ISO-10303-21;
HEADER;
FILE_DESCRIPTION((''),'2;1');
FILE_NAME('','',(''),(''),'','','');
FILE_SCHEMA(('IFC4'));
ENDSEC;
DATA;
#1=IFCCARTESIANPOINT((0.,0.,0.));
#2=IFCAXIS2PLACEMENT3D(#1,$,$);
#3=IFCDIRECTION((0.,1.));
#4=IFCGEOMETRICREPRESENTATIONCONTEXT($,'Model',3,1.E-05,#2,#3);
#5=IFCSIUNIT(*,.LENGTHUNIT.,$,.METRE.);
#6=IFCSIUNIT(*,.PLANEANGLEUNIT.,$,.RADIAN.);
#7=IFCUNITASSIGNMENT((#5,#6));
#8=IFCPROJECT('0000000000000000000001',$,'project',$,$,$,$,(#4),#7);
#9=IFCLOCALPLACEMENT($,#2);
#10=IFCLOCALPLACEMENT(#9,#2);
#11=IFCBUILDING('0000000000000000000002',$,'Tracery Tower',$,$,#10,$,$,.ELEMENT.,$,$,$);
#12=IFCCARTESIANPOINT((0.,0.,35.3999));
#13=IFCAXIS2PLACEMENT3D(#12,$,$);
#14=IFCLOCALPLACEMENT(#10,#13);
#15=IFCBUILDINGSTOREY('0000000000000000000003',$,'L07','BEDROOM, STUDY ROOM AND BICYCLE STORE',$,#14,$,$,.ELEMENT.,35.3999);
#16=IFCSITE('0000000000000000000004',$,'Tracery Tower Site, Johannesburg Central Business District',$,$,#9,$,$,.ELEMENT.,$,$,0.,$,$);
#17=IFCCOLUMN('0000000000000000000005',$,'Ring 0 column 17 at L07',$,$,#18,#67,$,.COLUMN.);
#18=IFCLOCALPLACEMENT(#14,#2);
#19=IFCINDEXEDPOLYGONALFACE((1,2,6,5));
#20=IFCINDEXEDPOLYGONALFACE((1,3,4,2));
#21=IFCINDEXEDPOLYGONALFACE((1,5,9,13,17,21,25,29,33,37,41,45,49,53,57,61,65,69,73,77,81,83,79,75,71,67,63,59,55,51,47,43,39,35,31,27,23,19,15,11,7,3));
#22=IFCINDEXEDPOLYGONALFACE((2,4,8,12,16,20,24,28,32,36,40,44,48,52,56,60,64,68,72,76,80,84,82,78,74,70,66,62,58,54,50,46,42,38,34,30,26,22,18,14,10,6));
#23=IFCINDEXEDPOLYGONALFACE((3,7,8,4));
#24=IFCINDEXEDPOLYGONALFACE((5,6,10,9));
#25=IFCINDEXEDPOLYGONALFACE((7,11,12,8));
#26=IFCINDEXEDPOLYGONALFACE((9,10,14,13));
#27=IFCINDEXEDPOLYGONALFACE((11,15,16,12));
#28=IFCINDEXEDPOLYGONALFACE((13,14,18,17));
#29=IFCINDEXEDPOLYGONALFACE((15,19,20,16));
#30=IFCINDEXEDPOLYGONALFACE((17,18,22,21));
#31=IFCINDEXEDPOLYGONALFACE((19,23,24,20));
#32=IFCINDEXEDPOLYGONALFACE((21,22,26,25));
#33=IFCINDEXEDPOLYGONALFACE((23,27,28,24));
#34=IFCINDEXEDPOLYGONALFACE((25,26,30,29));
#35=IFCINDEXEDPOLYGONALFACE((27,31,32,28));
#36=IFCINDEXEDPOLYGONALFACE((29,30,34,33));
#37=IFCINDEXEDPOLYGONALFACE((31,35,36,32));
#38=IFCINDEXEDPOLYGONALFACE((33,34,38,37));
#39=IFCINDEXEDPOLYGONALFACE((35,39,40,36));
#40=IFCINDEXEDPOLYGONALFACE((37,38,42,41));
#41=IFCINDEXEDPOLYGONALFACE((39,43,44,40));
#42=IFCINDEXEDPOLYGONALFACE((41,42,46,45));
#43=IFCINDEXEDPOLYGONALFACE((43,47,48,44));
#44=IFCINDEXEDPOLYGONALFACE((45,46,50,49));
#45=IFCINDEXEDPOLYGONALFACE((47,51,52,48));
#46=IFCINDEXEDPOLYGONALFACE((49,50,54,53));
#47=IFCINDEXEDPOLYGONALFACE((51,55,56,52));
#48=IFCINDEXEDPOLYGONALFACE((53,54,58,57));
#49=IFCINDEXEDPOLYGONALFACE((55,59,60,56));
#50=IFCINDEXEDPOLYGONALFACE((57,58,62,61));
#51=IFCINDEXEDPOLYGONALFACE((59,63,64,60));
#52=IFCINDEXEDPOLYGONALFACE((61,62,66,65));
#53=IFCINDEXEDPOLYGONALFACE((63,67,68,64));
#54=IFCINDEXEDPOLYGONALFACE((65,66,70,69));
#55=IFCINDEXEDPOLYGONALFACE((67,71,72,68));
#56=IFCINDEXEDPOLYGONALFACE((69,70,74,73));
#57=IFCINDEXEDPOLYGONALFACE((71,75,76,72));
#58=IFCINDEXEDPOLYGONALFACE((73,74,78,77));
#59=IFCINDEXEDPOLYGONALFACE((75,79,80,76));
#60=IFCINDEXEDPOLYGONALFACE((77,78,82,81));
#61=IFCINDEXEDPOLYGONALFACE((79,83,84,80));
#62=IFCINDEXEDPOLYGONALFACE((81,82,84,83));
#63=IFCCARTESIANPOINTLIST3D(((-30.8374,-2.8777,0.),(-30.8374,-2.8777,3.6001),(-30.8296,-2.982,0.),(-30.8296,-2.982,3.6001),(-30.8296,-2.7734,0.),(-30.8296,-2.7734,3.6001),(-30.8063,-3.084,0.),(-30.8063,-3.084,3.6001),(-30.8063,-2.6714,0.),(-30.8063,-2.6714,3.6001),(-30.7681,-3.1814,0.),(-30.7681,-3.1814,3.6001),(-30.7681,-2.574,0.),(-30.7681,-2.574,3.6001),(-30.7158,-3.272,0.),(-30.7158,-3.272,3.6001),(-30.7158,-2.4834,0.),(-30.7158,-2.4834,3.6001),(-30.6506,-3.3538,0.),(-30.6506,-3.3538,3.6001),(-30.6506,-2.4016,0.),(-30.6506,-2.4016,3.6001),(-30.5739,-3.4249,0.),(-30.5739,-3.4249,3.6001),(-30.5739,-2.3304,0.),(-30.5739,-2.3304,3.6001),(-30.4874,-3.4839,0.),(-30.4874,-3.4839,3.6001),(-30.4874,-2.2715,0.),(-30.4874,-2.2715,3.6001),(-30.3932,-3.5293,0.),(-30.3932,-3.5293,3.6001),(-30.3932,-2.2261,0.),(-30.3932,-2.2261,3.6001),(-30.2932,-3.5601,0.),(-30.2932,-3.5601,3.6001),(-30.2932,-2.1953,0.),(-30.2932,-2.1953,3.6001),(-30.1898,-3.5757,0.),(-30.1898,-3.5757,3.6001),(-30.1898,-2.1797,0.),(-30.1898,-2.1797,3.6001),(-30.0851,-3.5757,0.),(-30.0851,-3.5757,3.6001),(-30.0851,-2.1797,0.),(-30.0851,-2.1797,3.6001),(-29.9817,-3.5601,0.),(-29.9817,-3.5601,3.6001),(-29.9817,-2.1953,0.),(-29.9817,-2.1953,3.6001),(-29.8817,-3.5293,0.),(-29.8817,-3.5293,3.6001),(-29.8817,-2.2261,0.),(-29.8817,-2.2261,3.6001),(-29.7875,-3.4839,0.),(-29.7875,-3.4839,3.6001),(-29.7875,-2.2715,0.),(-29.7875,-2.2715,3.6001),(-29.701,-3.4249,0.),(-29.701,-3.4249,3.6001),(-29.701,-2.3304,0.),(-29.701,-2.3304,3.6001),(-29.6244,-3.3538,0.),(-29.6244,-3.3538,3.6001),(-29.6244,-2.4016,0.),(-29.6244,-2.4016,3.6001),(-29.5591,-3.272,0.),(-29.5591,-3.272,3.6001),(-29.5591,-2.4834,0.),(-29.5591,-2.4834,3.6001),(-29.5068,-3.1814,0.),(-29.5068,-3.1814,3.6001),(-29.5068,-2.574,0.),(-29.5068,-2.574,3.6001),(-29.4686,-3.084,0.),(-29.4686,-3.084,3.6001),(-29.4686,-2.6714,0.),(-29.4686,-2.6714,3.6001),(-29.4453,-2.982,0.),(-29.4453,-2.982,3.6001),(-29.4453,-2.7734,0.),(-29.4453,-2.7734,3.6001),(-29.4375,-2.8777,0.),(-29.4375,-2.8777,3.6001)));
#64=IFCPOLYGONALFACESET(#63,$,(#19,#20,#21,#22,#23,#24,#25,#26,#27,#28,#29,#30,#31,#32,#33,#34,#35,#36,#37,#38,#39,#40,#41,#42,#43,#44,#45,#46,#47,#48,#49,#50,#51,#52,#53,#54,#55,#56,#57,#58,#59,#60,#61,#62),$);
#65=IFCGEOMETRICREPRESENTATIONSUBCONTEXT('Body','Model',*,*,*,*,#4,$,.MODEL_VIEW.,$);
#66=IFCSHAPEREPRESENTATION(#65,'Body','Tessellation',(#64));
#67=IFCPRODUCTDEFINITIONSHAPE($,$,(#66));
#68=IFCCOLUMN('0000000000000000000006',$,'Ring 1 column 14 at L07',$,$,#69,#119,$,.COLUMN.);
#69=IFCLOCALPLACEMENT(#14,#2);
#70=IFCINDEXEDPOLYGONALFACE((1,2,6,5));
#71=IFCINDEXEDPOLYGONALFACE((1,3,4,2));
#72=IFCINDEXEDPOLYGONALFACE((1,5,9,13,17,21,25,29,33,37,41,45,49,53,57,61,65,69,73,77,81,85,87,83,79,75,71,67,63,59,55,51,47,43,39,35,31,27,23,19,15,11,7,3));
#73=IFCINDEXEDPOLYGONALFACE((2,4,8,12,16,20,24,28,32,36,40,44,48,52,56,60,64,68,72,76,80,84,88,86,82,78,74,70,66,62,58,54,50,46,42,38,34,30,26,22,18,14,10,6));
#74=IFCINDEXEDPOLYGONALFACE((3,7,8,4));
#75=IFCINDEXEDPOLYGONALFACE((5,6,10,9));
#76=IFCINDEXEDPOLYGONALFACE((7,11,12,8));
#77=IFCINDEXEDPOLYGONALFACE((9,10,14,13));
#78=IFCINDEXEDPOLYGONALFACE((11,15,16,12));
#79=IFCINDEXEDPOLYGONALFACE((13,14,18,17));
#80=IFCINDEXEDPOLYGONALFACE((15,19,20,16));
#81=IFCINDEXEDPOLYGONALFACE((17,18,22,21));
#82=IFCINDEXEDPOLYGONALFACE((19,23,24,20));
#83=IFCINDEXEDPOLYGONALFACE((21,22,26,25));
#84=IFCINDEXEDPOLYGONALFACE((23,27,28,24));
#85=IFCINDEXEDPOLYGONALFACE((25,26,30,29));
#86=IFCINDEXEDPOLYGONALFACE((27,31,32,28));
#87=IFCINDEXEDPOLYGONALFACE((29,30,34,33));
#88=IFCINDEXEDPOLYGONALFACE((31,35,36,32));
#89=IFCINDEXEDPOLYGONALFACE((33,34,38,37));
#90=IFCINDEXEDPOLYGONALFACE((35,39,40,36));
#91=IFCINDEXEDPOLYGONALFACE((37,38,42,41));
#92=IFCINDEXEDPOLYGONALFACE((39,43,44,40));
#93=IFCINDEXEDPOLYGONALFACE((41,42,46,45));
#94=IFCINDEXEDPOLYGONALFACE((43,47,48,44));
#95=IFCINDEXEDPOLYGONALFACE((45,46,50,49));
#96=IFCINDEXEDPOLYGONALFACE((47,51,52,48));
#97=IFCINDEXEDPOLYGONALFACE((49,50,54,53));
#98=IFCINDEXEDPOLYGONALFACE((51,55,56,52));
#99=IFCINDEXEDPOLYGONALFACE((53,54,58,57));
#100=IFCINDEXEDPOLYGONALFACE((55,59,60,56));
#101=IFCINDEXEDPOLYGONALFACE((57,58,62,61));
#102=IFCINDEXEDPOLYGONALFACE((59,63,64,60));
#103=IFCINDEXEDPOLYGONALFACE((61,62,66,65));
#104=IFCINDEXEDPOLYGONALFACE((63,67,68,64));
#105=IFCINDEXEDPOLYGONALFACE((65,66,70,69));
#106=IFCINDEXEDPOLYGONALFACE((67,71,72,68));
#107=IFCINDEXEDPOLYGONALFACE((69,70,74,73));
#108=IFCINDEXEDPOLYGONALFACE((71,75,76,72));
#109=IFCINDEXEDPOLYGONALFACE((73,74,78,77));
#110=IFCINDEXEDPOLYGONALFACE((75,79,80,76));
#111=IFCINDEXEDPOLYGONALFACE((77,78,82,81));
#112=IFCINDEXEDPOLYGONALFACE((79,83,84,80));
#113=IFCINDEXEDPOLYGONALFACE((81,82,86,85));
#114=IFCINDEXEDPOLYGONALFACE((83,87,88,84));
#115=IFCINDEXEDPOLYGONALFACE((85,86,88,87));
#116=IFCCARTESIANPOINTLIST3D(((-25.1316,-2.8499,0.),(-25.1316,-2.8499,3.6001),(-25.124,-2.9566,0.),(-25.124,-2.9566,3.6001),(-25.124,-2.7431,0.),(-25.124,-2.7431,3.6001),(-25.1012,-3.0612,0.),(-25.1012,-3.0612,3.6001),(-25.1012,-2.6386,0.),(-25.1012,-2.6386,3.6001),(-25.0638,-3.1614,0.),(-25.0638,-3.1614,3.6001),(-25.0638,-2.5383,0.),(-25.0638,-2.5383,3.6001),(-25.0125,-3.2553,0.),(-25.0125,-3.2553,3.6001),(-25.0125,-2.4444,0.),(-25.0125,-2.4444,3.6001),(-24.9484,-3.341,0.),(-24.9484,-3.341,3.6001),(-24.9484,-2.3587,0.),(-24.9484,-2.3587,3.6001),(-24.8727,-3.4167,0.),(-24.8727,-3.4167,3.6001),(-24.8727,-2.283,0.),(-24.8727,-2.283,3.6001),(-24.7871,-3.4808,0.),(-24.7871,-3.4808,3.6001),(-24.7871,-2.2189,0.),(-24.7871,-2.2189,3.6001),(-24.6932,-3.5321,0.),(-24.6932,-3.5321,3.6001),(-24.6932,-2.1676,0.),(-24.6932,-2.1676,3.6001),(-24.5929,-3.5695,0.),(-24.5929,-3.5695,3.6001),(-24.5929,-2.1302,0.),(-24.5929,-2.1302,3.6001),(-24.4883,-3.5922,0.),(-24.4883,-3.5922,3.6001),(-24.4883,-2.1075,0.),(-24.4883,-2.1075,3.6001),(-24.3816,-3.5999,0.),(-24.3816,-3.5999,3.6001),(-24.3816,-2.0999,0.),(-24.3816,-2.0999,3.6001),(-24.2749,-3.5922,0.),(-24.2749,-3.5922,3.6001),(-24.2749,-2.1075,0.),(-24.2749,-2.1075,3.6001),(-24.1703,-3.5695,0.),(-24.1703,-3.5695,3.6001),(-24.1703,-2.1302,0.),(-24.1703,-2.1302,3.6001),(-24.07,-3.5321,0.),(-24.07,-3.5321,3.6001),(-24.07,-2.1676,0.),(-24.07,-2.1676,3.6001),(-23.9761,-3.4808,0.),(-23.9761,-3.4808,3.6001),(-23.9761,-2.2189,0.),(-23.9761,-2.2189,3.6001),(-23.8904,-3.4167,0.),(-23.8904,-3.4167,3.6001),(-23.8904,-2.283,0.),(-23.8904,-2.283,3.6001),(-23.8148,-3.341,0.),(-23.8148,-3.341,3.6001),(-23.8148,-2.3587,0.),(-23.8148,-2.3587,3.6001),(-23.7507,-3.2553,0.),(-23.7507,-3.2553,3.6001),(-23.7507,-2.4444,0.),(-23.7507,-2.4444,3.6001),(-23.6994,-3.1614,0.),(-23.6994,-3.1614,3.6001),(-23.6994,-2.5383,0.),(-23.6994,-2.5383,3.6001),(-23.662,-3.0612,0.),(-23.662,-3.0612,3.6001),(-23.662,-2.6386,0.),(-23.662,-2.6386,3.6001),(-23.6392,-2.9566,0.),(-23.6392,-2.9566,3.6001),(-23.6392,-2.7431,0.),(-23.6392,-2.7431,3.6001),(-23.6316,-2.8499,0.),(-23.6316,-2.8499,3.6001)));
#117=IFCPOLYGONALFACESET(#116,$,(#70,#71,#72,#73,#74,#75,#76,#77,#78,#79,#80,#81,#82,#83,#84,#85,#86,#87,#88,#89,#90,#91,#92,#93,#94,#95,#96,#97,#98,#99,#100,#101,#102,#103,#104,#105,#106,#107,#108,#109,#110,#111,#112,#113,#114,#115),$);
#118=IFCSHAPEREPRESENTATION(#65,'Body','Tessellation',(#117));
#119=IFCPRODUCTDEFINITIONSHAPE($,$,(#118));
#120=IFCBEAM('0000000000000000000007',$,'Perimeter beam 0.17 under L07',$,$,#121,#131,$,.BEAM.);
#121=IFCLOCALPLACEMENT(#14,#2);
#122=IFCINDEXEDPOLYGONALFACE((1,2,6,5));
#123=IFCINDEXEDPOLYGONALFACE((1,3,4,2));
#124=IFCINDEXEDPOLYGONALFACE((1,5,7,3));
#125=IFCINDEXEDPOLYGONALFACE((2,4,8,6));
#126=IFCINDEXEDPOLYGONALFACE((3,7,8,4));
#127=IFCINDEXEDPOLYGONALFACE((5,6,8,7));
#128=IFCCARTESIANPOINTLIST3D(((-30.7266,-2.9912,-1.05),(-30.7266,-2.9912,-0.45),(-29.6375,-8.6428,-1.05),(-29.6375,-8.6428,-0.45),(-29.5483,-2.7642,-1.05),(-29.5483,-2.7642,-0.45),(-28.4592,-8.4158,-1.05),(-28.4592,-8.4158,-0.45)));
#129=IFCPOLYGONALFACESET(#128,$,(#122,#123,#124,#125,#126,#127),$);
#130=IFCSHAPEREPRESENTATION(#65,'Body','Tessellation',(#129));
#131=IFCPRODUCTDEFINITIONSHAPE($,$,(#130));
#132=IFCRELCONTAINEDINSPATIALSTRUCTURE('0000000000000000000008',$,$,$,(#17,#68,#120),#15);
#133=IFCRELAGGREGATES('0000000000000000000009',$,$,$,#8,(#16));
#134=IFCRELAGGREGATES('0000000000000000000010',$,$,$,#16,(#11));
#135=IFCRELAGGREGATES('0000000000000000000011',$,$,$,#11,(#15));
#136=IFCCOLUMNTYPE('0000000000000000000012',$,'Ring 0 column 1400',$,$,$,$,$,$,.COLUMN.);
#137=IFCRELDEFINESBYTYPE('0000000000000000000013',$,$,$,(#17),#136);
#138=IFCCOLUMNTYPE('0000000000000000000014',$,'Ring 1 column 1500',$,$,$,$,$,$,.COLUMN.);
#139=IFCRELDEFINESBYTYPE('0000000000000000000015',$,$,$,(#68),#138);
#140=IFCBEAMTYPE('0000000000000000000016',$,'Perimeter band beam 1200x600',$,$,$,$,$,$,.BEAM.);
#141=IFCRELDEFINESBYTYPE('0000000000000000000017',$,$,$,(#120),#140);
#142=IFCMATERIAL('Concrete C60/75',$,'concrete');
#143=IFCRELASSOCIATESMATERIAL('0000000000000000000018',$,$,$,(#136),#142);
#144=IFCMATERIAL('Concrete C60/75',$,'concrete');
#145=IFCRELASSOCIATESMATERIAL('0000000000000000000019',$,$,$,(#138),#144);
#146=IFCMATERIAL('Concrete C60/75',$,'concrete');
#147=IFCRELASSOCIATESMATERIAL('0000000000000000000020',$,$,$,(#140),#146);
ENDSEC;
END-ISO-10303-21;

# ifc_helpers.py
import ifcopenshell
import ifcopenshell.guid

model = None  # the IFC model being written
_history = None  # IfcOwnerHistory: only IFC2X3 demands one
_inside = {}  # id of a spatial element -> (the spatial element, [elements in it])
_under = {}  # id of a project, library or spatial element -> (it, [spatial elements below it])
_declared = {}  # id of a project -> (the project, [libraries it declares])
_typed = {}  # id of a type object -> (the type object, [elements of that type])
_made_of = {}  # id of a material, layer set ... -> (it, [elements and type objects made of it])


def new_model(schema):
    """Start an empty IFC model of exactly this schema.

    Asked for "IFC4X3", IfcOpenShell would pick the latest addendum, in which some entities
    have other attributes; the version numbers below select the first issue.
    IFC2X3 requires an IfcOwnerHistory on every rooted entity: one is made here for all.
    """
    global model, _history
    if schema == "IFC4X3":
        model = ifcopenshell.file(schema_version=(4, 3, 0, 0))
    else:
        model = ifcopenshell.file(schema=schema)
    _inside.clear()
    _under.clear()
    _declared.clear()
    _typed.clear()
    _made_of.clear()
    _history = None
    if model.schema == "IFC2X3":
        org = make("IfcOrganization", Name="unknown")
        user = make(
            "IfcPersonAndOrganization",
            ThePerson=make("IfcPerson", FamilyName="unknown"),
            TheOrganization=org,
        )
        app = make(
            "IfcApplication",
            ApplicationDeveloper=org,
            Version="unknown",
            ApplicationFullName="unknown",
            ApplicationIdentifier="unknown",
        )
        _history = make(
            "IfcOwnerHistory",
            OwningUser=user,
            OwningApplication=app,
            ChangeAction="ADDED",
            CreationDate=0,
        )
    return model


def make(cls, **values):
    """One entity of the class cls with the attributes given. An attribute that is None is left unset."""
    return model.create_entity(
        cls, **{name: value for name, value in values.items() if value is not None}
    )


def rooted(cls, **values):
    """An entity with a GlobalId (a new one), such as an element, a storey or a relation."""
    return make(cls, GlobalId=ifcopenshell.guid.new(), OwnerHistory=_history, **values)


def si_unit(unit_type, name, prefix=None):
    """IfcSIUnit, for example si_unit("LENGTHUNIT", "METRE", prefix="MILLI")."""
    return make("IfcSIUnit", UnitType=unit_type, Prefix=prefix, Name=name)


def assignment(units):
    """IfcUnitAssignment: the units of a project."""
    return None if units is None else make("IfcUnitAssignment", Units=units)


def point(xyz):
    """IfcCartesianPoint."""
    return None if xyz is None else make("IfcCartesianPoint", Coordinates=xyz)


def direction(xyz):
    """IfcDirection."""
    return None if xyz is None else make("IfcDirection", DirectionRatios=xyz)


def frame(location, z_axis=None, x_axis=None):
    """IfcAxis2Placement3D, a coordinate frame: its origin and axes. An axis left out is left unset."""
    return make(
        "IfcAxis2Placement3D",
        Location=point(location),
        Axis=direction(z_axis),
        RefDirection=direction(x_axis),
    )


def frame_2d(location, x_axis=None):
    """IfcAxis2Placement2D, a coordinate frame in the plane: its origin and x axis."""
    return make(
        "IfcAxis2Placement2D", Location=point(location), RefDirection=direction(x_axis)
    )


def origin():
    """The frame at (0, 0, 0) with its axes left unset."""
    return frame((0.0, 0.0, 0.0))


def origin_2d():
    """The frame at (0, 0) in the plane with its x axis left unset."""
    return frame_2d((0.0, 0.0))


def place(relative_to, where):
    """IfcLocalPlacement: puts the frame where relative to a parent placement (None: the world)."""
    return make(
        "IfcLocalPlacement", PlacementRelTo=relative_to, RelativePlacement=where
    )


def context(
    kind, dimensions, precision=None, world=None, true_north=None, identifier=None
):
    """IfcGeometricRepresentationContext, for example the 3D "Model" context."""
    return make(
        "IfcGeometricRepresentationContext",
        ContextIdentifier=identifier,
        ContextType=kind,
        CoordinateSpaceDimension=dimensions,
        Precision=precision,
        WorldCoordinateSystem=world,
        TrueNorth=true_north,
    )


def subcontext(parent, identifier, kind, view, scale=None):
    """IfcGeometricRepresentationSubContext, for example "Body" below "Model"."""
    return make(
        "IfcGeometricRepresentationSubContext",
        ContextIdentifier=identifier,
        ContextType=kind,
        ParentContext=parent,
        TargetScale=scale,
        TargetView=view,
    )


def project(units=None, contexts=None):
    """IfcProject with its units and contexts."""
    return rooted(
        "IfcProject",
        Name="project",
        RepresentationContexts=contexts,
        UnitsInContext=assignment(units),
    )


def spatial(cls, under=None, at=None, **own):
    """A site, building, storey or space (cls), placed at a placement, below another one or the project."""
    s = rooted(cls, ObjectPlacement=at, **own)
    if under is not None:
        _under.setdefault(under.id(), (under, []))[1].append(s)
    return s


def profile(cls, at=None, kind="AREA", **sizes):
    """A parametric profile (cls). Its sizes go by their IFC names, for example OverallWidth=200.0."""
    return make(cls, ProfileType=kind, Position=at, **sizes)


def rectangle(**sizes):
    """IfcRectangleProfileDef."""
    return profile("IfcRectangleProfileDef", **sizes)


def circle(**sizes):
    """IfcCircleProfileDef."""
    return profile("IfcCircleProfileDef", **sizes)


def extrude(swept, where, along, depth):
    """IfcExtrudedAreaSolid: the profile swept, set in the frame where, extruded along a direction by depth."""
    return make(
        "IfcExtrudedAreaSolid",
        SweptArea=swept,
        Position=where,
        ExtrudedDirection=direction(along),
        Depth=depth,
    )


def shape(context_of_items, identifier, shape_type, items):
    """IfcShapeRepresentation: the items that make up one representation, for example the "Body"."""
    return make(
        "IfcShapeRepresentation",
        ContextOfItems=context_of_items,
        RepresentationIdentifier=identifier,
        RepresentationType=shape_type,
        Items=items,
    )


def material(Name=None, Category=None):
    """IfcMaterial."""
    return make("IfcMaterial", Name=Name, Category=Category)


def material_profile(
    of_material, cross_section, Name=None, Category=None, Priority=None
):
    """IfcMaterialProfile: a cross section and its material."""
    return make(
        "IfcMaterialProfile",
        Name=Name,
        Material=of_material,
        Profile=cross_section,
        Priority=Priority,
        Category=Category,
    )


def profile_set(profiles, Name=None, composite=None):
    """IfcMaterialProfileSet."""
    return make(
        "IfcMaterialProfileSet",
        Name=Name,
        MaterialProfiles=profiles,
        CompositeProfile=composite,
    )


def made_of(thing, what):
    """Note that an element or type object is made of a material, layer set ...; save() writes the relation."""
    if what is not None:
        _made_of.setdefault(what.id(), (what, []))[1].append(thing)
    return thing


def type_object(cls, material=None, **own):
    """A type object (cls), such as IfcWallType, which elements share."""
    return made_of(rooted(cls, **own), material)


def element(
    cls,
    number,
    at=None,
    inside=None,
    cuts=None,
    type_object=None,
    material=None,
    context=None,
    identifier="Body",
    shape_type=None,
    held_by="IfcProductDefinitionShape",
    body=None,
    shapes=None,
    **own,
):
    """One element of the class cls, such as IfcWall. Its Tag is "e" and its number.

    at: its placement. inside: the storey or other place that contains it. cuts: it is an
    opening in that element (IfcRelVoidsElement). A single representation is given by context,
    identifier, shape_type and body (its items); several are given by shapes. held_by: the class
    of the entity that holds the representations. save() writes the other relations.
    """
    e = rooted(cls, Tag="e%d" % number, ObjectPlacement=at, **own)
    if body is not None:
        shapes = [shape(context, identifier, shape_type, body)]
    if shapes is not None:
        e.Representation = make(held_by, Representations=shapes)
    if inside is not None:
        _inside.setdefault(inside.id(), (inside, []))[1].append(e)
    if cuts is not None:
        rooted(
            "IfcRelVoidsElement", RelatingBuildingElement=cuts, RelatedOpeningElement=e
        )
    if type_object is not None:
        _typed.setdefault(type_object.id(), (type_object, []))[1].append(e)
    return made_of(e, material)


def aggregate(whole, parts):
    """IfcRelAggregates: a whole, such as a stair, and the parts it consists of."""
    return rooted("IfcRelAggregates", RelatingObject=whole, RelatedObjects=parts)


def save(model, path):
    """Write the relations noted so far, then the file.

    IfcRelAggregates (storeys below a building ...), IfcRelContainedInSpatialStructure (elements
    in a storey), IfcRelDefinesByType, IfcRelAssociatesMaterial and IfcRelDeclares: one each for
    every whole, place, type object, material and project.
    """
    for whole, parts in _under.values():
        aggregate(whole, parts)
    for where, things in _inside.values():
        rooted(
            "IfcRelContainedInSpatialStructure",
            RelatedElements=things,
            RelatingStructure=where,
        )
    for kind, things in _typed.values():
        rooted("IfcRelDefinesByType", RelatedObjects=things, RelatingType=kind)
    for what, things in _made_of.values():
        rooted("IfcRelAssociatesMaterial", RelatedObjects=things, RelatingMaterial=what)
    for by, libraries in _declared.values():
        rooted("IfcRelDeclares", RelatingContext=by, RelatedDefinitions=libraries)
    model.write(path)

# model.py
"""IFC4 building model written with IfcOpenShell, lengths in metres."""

from ifc_helpers import new_model, si_unit, direction, frame, origin, origin_2d, place, context, subcontext, project, spatial, rectangle, circle, extrude, material, material_profile, profile_set, type_object, element, save


model = new_model("IFC4")

# Units and contexts
model_context = context("Model", 3, precision=1e-05, world=origin(), true_north=direction((0.0, 1.0)))
body_context = subcontext(model_context, "Body", "Model", "MODEL_VIEW")
ifc_project = project(units=[si_unit("LENGTHUNIT", "METRE"), si_unit("PLANEANGLEUNIT", "RADIAN")], contexts=[model_context])

# Site, building, storey
site_placement = place(None, origin())
site = spatial("IfcSite", under=ifc_project, at=site_placement, Name="Tracery Tower Site, Johannesburg Central Business District", CompositionType="ELEMENT", RefElevation=0.0)
building_placement = place(site_placement, origin())
building = spatial("IfcBuilding", under=site, at=building_placement, Name="Tracery Tower", CompositionType="ELEMENT")
storey_placement = place(building_placement, frame((0.0, 0.0, 35.3999)))
storey = spatial("IfcBuildingStorey", under=building, at=storey_placement, Name="L07", Description="BEDROOM, STUDY ROOM AND BICYCLE STORE", CompositionType="ELEMENT", Elevation=35.3999)

# Columns
ifc_material_1 = material(Name="Concrete C60/75", Category="concrete")
ifc_material_profile_1 = material_profile(ifc_material_1, circle(Radius=0.7, at=origin_2d()), Name="RC D1400")
ifc_profile_set_1 = profile_set([ifc_material_profile_1], Name="Concrete C60/75")
column_type_1 = type_object("IfcColumnType", Name="Ring 0 column 1400", PredefinedType="COLUMN", material=ifc_profile_set_1)
column_1_placement = place(storey_placement, frame((-30.1375, -2.8777, 0.0), z_axis=(0.0, 0.0, 1.0), x_axis=(1.0, 0.0, 0.0)))
element("IfcColumn", 1, at=column_1_placement, inside=storey, type_object=column_type_1, Name="Ring 0 column 17 at L07", PredefinedType="COLUMN", context=body_context, shape_type="SweptSolid", body=[
    extrude(circle(Radius=0.7, at=origin_2d()), origin(), (0.0, 0.0, 1.0), 3.6001),
])
ifc_material_2 = material(Name="Concrete C60/75", Category="concrete")
ifc_material_profile_2 = material_profile(ifc_material_2, circle(Radius=0.75, at=origin_2d()), Name="RC D1500")
ifc_profile_set_2 = profile_set([ifc_material_profile_2], Name="Concrete C60/75")
column_type_2 = type_object("IfcColumnType", Name="Ring 1 column 1500", PredefinedType="COLUMN", material=ifc_profile_set_2)
column_2_placement = place(storey_placement, frame((-24.3816, -2.8499, 0.0), z_axis=(0.0, 0.0, 1.0), x_axis=(1.0, 0.0, 0.0)))
element("IfcColumn", 2, at=column_2_placement, inside=storey, type_object=column_type_2, Name="Ring 1 column 14 at L07", PredefinedType="COLUMN", context=body_context, shape_type="SweptSolid", body=[
    extrude(circle(Radius=0.75, at=origin_2d()), origin(), (0.0, 0.0, 1.0), 3.6001),
])

# Beam
ifc_material_3 = material(Name="Concrete C60/75", Category="concrete")
ifc_material_profile_3 = material_profile(ifc_material_3, rectangle(XDim=1.2, YDim=0.6001, at=origin_2d()), Name="RC 1200x600")
ifc_profile_set_3 = profile_set([ifc_material_profile_3], Name="Concrete C60/75")
beam_type = type_object("IfcBeamType", Name="Perimeter band beam 1200x600", PredefinedType="BEAM", material=ifc_profile_set_3)
beam_placement = place(storey_placement, frame((-30.1375, -2.8777, -0.75), z_axis=(0.189227, -0.981933, 0.0), x_axis=(0.981933, 0.189227, 0.0)))
element("IfcBeam", 3, at=beam_placement, inside=storey, type_object=beam_type, Name="Perimeter beam 0.17 under L07", PredefinedType="BEAM", context=body_context, shape_type="SweptSolid", body=[
    extrude(rectangle(XDim=1.2, YDim=0.6001, at=origin_2d()), origin(), (0.0, 0.0, 1.0), 5.7556),
])

save(model, "model.ifc")
